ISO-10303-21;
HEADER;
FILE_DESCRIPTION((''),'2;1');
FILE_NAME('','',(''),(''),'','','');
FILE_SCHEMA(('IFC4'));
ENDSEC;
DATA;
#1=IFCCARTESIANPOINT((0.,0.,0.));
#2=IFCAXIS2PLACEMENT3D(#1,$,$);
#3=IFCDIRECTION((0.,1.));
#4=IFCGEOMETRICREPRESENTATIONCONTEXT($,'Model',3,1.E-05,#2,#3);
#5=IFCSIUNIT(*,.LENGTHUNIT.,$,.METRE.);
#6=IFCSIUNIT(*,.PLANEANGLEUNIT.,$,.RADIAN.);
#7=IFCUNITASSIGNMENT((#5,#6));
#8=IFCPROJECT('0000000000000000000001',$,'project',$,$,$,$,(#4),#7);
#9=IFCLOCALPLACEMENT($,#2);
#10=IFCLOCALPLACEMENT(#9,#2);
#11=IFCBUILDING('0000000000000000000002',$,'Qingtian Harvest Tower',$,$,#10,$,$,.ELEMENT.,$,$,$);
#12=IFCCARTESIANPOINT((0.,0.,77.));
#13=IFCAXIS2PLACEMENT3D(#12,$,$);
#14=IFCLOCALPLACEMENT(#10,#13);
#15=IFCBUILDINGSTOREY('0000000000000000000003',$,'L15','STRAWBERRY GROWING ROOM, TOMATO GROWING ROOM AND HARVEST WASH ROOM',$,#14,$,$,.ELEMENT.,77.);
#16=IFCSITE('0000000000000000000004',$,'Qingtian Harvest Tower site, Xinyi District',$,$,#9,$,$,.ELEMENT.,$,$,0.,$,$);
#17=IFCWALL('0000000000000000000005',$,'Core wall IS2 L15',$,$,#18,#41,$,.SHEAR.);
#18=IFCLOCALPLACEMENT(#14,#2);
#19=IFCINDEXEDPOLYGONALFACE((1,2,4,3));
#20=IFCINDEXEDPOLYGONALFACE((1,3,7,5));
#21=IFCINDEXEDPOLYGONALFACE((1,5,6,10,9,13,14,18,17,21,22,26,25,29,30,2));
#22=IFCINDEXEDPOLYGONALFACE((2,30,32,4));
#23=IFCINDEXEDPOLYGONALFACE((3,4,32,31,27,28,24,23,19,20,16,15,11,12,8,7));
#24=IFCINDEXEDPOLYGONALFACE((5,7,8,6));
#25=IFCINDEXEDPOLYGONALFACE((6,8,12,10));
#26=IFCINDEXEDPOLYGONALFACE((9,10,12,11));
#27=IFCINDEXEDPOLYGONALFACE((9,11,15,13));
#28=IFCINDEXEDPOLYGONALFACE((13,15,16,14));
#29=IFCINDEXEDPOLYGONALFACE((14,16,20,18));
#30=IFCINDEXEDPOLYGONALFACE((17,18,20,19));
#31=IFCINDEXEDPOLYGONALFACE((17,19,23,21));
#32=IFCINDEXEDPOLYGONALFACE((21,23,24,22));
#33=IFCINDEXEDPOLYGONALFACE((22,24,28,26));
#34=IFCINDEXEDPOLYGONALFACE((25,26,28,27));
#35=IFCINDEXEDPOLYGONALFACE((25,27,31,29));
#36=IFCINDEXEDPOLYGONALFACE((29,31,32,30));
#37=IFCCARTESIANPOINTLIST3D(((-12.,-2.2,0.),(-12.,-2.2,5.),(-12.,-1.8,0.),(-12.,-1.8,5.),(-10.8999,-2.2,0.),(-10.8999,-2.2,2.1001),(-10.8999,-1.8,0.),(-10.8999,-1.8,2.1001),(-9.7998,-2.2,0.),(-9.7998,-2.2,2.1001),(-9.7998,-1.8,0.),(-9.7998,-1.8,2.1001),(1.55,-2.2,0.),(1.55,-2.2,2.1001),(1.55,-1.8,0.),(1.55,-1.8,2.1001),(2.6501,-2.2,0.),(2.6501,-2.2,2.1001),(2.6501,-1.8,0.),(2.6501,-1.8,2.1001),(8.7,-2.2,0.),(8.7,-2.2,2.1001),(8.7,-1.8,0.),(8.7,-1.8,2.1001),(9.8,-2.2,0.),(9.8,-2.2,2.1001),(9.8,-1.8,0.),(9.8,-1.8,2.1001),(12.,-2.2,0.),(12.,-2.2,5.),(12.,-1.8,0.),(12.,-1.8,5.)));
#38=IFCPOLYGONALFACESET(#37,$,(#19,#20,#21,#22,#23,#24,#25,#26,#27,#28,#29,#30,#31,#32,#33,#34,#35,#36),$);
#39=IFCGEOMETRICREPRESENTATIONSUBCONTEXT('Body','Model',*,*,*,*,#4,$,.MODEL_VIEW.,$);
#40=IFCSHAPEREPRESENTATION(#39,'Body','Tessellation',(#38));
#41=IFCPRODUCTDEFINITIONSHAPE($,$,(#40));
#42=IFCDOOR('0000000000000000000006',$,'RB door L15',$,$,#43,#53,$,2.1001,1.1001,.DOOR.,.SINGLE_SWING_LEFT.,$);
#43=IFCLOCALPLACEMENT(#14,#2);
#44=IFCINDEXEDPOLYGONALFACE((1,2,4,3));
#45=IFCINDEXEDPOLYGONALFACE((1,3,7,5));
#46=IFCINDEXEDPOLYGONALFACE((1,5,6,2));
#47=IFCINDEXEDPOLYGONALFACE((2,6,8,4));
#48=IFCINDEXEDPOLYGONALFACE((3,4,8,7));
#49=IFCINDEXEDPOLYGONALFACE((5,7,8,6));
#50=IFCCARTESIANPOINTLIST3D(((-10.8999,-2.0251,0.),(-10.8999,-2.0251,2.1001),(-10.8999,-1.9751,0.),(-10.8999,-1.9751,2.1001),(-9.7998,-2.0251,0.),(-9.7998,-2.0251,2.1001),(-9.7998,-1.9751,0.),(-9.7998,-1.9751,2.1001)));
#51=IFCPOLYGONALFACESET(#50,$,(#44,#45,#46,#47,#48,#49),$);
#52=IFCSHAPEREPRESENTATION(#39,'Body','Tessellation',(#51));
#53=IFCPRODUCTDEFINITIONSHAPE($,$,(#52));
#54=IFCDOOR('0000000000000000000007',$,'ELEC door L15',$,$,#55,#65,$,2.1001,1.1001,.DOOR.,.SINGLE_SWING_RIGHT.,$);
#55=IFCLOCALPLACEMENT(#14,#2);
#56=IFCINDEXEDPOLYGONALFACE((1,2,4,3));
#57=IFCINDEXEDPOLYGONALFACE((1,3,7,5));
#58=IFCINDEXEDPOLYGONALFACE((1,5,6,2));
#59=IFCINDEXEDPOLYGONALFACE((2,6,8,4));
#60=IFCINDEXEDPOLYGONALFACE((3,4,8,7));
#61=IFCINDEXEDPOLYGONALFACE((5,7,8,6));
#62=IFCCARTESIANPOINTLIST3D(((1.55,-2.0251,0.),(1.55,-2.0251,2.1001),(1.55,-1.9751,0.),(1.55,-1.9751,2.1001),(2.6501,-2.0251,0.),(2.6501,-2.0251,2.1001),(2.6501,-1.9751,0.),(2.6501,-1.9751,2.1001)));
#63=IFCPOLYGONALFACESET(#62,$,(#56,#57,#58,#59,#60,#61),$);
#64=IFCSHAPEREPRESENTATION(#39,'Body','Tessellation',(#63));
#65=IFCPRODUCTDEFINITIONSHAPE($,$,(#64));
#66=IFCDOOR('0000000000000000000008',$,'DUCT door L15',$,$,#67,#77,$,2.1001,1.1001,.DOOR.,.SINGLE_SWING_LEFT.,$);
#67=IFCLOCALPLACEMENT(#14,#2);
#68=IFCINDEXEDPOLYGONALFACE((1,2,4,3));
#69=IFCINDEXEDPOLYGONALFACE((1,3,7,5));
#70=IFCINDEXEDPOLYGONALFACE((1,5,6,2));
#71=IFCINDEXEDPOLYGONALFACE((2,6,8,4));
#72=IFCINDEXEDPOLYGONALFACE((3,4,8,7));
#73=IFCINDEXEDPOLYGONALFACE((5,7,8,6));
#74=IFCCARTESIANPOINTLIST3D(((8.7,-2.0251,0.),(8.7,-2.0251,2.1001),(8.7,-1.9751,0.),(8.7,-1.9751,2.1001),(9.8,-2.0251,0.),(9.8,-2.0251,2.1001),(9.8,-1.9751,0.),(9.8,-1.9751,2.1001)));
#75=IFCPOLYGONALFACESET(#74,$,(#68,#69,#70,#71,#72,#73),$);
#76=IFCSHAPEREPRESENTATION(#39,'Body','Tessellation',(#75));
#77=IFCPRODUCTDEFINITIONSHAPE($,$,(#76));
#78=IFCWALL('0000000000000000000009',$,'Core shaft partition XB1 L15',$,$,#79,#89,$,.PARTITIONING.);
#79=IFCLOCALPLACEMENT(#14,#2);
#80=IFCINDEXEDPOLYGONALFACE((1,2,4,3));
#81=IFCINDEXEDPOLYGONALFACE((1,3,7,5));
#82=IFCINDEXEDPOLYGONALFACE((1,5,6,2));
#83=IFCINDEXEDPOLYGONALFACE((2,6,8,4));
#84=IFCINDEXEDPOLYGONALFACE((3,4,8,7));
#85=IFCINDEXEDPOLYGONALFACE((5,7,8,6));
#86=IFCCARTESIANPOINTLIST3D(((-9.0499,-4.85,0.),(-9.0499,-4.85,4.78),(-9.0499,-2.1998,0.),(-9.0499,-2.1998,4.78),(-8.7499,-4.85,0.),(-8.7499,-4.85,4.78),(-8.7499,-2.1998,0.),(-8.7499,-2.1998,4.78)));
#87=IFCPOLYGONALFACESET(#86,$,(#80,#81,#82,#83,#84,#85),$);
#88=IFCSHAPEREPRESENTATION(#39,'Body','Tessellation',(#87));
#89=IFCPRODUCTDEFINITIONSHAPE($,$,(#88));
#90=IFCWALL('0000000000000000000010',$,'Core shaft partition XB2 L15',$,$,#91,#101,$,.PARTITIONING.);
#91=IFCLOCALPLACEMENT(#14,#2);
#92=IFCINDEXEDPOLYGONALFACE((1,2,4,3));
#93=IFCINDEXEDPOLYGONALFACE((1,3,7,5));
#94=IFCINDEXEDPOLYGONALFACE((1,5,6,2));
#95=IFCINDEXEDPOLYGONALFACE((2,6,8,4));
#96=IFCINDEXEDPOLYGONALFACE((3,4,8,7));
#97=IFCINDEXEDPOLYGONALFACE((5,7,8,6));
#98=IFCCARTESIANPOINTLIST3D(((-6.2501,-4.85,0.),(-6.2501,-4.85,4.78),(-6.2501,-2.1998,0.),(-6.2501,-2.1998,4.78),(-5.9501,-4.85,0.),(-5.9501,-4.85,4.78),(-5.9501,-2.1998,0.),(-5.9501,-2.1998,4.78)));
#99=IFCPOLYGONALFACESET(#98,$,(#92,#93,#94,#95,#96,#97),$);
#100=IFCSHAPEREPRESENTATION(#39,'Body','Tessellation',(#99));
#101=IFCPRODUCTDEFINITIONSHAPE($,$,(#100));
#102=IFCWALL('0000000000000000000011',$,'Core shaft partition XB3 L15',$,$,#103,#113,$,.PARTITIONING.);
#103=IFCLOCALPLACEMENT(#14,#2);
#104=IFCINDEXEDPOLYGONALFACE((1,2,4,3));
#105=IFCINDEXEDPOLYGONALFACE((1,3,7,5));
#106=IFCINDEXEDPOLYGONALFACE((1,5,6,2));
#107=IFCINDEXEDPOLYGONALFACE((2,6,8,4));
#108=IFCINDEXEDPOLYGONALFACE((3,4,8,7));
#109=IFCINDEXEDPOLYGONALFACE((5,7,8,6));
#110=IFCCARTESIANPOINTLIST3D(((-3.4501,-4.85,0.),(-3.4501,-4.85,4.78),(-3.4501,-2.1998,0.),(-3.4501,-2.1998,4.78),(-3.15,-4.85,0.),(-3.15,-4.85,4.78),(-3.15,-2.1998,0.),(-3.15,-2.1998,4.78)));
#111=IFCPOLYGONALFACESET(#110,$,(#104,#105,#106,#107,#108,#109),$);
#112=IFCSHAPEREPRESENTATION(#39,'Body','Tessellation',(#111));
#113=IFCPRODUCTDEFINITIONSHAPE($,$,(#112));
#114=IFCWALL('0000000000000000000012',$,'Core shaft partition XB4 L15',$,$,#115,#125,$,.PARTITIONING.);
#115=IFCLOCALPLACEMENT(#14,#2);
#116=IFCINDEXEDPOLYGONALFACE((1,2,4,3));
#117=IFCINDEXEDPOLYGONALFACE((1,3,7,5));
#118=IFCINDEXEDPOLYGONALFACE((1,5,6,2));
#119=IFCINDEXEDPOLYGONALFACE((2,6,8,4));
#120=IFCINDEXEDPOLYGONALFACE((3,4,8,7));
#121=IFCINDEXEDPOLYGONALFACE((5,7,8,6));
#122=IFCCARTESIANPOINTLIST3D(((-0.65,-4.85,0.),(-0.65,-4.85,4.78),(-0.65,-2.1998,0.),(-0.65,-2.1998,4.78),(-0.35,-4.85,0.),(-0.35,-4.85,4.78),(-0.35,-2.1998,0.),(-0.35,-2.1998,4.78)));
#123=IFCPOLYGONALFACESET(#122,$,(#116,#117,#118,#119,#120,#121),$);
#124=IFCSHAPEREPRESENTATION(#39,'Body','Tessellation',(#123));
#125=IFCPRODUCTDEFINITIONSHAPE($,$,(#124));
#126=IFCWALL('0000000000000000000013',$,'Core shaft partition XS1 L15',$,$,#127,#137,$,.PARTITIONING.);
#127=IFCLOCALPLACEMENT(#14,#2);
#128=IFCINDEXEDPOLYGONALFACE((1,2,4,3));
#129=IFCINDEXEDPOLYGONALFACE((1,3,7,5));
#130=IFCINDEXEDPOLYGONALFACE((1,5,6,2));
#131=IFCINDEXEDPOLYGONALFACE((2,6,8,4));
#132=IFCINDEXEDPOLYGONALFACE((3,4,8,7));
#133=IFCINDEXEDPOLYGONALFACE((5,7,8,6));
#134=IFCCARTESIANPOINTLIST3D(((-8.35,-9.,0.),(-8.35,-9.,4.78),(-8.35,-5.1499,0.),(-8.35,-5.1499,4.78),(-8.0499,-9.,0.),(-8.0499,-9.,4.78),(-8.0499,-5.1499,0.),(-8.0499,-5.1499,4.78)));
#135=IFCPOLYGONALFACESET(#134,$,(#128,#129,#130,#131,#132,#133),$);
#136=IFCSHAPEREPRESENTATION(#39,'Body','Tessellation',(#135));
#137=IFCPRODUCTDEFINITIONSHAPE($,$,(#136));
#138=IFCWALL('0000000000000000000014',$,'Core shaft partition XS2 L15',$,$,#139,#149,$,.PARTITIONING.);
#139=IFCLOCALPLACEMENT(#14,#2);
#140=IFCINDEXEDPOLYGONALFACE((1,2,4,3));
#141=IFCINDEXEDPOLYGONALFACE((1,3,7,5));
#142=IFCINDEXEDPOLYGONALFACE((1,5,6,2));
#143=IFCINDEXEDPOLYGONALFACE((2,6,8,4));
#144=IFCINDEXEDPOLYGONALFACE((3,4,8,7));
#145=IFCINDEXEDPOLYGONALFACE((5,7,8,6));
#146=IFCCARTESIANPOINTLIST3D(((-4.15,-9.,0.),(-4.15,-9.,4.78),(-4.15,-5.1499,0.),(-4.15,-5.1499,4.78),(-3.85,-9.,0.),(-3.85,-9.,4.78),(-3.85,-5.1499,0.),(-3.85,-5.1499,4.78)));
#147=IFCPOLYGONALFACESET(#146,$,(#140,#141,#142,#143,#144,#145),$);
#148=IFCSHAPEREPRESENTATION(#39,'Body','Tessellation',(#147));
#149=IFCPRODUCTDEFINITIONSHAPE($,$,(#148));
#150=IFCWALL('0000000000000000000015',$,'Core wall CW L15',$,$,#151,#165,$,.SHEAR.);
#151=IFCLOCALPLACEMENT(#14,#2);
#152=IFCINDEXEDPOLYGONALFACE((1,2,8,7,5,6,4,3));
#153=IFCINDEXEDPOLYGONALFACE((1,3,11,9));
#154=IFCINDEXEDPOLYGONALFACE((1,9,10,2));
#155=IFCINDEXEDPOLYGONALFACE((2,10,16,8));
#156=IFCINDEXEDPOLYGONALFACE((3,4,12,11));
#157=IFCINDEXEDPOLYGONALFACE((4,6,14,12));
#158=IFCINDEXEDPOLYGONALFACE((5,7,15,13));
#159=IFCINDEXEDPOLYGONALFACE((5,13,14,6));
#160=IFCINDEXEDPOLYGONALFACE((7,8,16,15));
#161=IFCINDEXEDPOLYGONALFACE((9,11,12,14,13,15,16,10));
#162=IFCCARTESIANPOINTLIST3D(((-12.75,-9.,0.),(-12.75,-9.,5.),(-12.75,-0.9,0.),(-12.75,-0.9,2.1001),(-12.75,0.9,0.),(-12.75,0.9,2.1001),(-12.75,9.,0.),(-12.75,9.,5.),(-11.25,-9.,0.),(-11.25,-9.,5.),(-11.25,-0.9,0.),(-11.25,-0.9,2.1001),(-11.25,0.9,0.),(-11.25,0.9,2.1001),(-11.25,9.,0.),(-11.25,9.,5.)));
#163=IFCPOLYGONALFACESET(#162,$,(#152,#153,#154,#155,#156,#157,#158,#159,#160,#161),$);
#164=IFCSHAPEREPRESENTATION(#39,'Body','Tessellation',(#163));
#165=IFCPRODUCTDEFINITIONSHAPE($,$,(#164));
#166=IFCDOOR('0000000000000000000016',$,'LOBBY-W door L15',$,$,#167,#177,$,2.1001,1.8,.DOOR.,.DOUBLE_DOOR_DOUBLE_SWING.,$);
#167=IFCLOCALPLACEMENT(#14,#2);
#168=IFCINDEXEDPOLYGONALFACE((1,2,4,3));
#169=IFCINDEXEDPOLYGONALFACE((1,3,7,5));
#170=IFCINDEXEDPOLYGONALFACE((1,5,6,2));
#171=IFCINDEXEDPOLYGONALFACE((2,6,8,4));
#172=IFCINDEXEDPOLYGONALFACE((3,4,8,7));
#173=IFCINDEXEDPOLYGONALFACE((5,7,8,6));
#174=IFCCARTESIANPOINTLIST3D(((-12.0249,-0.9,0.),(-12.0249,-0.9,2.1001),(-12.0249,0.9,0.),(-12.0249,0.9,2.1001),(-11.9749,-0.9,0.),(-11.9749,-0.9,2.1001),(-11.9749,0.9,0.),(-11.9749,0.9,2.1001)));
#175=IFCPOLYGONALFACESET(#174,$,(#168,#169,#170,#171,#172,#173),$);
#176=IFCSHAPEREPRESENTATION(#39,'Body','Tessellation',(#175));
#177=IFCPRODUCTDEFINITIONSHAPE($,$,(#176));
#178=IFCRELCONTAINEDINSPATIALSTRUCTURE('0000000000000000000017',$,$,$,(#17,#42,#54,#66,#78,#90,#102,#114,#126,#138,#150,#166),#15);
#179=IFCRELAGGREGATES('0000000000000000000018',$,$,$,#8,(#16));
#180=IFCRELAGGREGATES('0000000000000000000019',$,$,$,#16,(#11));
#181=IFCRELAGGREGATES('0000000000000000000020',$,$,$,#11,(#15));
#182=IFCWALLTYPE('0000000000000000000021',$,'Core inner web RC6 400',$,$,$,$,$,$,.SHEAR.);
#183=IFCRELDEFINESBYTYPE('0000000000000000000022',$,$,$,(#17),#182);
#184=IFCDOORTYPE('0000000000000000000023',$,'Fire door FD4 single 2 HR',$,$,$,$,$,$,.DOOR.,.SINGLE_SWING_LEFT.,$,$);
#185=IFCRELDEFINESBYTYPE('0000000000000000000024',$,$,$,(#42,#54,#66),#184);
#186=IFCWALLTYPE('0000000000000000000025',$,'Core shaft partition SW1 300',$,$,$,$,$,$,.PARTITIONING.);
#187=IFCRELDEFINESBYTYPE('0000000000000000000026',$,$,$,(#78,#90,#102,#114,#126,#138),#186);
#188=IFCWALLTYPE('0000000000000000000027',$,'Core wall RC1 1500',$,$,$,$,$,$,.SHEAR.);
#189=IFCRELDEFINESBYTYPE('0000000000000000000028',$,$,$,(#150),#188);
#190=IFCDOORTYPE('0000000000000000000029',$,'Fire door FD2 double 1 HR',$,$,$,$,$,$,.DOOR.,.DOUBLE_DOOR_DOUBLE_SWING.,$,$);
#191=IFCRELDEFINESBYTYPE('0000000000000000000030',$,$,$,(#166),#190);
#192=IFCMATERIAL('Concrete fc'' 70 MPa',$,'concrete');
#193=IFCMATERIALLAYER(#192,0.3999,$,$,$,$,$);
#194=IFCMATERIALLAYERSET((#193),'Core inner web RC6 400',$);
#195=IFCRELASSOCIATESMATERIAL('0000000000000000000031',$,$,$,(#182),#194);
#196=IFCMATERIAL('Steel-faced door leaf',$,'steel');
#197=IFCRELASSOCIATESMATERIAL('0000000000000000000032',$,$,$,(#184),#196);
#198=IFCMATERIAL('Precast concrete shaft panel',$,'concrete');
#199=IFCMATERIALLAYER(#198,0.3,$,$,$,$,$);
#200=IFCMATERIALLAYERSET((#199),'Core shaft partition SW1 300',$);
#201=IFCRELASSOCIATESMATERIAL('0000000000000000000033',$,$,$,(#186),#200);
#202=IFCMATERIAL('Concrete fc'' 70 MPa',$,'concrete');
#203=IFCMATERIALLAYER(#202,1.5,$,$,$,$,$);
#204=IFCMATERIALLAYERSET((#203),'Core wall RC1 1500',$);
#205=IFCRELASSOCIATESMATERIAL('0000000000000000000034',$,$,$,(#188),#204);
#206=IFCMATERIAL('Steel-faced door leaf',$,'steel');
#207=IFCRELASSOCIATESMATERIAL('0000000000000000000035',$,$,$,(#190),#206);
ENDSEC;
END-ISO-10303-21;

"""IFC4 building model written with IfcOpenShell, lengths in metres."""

from ifc_helpers import new_model, si_unit, direction, frame, frame_2d, origin, place, context, subcontext, project, spatial, rectangle, extrude, material, layer, layer_set, type_object, element, fill, save


model = new_model("IFC4")

# Units and contexts
model_context = context("Model", 3, precision=1e-05, world=origin(), true_north=direction((0.0, 1.0)))
body_context = subcontext(model_context, "Body", "Model", "MODEL_VIEW")
ifc_project = project(units=[si_unit("LENGTHUNIT", "METRE"), si_unit("PLANEANGLEUNIT", "RADIAN")], contexts=[model_context])

# Site, building, storey
site_placement = place(None, origin())
site = spatial("IfcSite", under=ifc_project, at=site_placement, Name="Qingtian Harvest Tower site, Xinyi District", CompositionType="ELEMENT", RefElevation=0.0)
building_placement = place(site_placement, origin())
building = spatial("IfcBuilding", under=site, at=building_placement, Name="Qingtian Harvest Tower", CompositionType="ELEMENT")
storey_placement = place(building_placement, frame((0.0, 0.0, 77.0)))
storey = spatial("IfcBuildingStorey", under=building, at=storey_placement, Name="L15", Description="STRAWBERRY GROWING ROOM, TOMATO GROWING ROOM AND HARVEST WASH ROOM", CompositionType="ELEMENT", Elevation=77.0)

# Wall, openings, doors
ifc_material_1 = material(Name="Concrete fc' 70 MPa", Category="concrete")
ifc_layer_1 = layer(ifc_material_1, 0.3999)
ifc_layer_set_1 = layer_set([ifc_layer_1], Name="Core inner web RC6 400")
wall_type_1 = type_object("IfcWallType", Name="Core inner web RC6 400", PredefinedType="SHEAR", material=ifc_layer_set_1)
wall_1_placement = place(storey_placement, frame((-12.0, -2.0, 0.0), z_axis=(0.0, 0.0, 1.0), x_axis=(1.0, 0.0, 0.0)))
wall_1 = element("IfcWall", 1, at=wall_1_placement, inside=storey, type_object=wall_type_1, Name="Core wall IS2 L15", PredefinedType="SHEAR", context=body_context, shape_type="SweptSolid", body=[
    extrude(rectangle(XDim=24.0, YDim=0.3999, at=frame_2d((12.0, 0.0))), origin(), (0.0, 0.0, 1.0), 5.0),
])
opening_1_placement = place(wall_1_placement, frame((1.1001, 0.0, 0.0)))
opening_1 = element("IfcOpeningElement", 2, at=opening_1_placement, cuts=wall_1, PredefinedType="OPENING", context=body_context, shape_type="SweptSolid", body=[
    extrude(rectangle(XDim=1.1001, YDim=2.1001, at=frame_2d((0.55, 1.05))), frame((0.0, 0.21, 0.0), z_axis=(0.0, -1.0, 0.0), x_axis=(1.0, 0.0, 0.0)), (0.0, 0.0, 1.0), 0.4199),
])
opening_2_placement = place(wall_1_placement, frame((13.55, 0.0, 0.0)))
opening_2 = element("IfcOpeningElement", 3, at=opening_2_placement, cuts=wall_1, PredefinedType="OPENING", context=body_context, shape_type="SweptSolid", body=[
    extrude(rectangle(XDim=1.1001, YDim=2.1001, at=frame_2d((0.55, 1.05))), frame((0.0, 0.21, 0.0), z_axis=(0.0, -1.0, 0.0), x_axis=(1.0, 0.0, 0.0)), (0.0, 0.0, 1.0), 0.4199),
])
opening_3_placement = place(wall_1_placement, frame((20.7, 0.0, 0.0)))
opening_3 = element("IfcOpeningElement", 4, at=opening_3_placement, cuts=wall_1, PredefinedType="OPENING", context=body_context, shape_type="SweptSolid", body=[
    extrude(rectangle(XDim=1.1001, YDim=2.1001, at=frame_2d((0.55, 1.05))), frame((0.0, 0.21, 0.0), z_axis=(0.0, -1.0, 0.0), x_axis=(1.0, 0.0, 0.0)), (0.0, 0.0, 1.0), 0.4199),
])
ifc_material_2 = material(Name="Steel-faced door leaf", Category="steel")
door_type_1 = type_object("IfcDoorType", Name="Fire door FD4 single 2 HR", OperationType="SINGLE_SWING_LEFT", PredefinedType="DOOR", material=ifc_material_2)
door_1_placement = place(opening_1_placement, origin())
door_1 = element("IfcDoor", 5, at=door_1_placement, inside=storey, type_object=door_type_1, Name="RB door L15", OperationType="SINGLE_SWING_LEFT", OverallHeight=2.1001, OverallWidth=1.1001, PredefinedType="DOOR", context=body_context, shape_type="SweptSolid", body=[
    extrude(rectangle(XDim=1.1001, YDim=2.1001, at=frame_2d((0.55, 1.05))), frame((0.0, 0.0249, 0.0), z_axis=(0.0, -1.0, 0.0), x_axis=(1.0, 0.0, 0.0)), (0.0, 0.0, 1.0), 0.05),
])
fill(opening_1, door_1)
door_2_placement = place(opening_2_placement, origin())
door_2 = element("IfcDoor", 6, at=door_2_placement, inside=storey, type_object=door_type_1, Name="ELEC door L15", OperationType="SINGLE_SWING_RIGHT", OverallHeight=2.1001, OverallWidth=1.1001, PredefinedType="DOOR", context=body_context, shape_type="SweptSolid", body=[
    extrude(rectangle(XDim=1.1001, YDim=2.1001, at=frame_2d((0.55, 1.05))), frame((0.0, 0.0249, 0.0), z_axis=(0.0, -1.0, 0.0), x_axis=(1.0, 0.0, 0.0)), (0.0, 0.0, 1.0), 0.05),
])
fill(opening_2, door_2)
door_3_placement = place(opening_3_placement, origin())
door_3 = element("IfcDoor", 7, at=door_3_placement, inside=storey, type_object=door_type_1, Name="DUCT door L15", OperationType="SINGLE_SWING_LEFT", OverallHeight=2.1001, OverallWidth=1.1001, PredefinedType="DOOR", context=body_context, shape_type="SweptSolid", body=[
    extrude(rectangle(XDim=1.1001, YDim=2.1001, at=frame_2d((0.55, 1.05))), frame((0.0, 0.0249, 0.0), z_axis=(0.0, -1.0, 0.0), x_axis=(1.0, 0.0, 0.0)), (0.0, 0.0, 1.0), 0.05),
])
fill(opening_3, door_3)

# Walls
ifc_material_3 = material(Name="Precast concrete shaft panel", Category="concrete")
ifc_layer_2 = layer(ifc_material_3, 0.3)
ifc_layer_set_2 = layer_set([ifc_layer_2], Name="Core shaft partition SW1 300")
wall_type_2 = type_object("IfcWallType", Name="Core shaft partition SW1 300", PredefinedType="PARTITIONING", material=ifc_layer_set_2)
for number, where, z_axis, x_axis, name in (
    (8, (-8.8999, -4.8501, 0.0), (0.0, 0.0, 1.0), (0.0, 1.0, 0.0), "Core shaft partition XB1 L15"),
    (9, (-6.1001, -4.8501, 0.0), (0.0, 0.0, 1.0), (0.0, 1.0, 0.0), "Core shaft partition XB2 L15"),
    (10, (-3.3, -4.8501, 0.0), (0.0, 0.0, 1.0), (0.0, 1.0, 0.0), "Core shaft partition XB3 L15"),
    (11, (-0.5, -4.8501, 0.0), (0.0, 0.0, 1.0), (0.0, 1.0, 0.0), "Core shaft partition XB4 L15"),
):
    element("IfcWall", number, at=place(storey_placement, frame(where, z_axis=z_axis, x_axis=x_axis)), inside=storey, type_object=wall_type_2, Name=name, PredefinedType="PARTITIONING", context=body_context, shape_type="SweptSolid", body=[
        extrude(rectangle(XDim=2.6501, YDim=0.3, at=frame_2d((1.3252, 0.0))), origin(), (0.0, 0.0, 1.0), 4.78),
    ])
for number, where, z_axis, x_axis, name in (
    (12, (-8.2, -9.0, 0.0), (0.0, 0.0, 1.0), (0.0, 1.0, 0.0), "Core shaft partition XS1 L15"),
    (13, (-4.0, -9.0, 0.0), (0.0, 0.0, 1.0), (0.0, 1.0, 0.0), "Core shaft partition XS2 L15"),
):
    element("IfcWall", number, at=place(storey_placement, frame(where, z_axis=z_axis, x_axis=x_axis)), inside=storey, type_object=wall_type_2, Name=name, PredefinedType="PARTITIONING", context=body_context, shape_type="SweptSolid", body=[
        extrude(rectangle(XDim=3.8501, YDim=0.3, at=frame_2d((1.925, 0.0))), origin(), (0.0, 0.0, 1.0), 4.78),
    ])

# Wall, opening, door
ifc_material_4 = material(Name="Concrete fc' 70 MPa", Category="concrete")
ifc_layer_3 = layer(ifc_material_4, 1.5)
ifc_layer_set_3 = layer_set([ifc_layer_3], Name="Core wall RC1 1500")
wall_type_3 = type_object("IfcWallType", Name="Core wall RC1 1500", PredefinedType="SHEAR", material=ifc_layer_set_3)
wall_2_placement = place(storey_placement, frame((-12.0, -9.0, 0.0), z_axis=(0.0, 0.0, 1.0), x_axis=(0.0, 1.0, 0.0)))
wall_2 = element("IfcWall", 14, at=wall_2_placement, inside=storey, type_object=wall_type_3, Name="Core wall CW L15", PredefinedType="SHEAR", context=body_context, shape_type="SweptSolid", body=[
    extrude(rectangle(XDim=18.0, YDim=1.5, at=frame_2d((9.0, 0.0))), origin(), (0.0, 0.0, 1.0), 5.0),
])
opening_4_placement = place(wall_2_placement, frame((8.1001, 0.0, 0.0)))
opening_4 = element("IfcOpeningElement", 15, at=opening_4_placement, cuts=wall_2, PredefinedType="OPENING", context=body_context, shape_type="SweptSolid", body=[
    extrude(rectangle(XDim=1.8, YDim=2.1001, at=frame_2d((0.8999, 1.05))), frame((0.0, 0.76, 0.0), z_axis=(0.0, -1.0, 0.0), x_axis=(1.0, 0.0, 0.0)), (0.0, 0.0, 1.0), 1.52),
])
ifc_material_5 = material(Name="Steel-faced door leaf", Category="steel")
door_type_2 = type_object("IfcDoorType", Name="Fire door FD2 double 1 HR", OperationType="DOUBLE_DOOR_DOUBLE_SWING", PredefinedType="DOOR", material=ifc_material_5)
door_4_placement = place(opening_4_placement, origin())
door_4 = element("IfcDoor", 16, at=door_4_placement, inside=storey, type_object=door_type_2, Name="LOBBY-W door L15", OperationType="DOUBLE_DOOR_DOUBLE_SWING", OverallHeight=2.1001, OverallWidth=1.8, PredefinedType="DOOR", context=body_context, shape_type="SweptSolid", body=[
    extrude(rectangle(XDim=1.8, YDim=2.1001, at=frame_2d((0.8999, 1.05))), frame((0.0, 0.0249, 0.0), z_axis=(0.0, -1.0, 0.0), x_axis=(1.0, 0.0, 0.0)), (0.0, 0.0, 1.0), 0.05),
])
fill(opening_4, door_4)

save(model, "model.ifc")
